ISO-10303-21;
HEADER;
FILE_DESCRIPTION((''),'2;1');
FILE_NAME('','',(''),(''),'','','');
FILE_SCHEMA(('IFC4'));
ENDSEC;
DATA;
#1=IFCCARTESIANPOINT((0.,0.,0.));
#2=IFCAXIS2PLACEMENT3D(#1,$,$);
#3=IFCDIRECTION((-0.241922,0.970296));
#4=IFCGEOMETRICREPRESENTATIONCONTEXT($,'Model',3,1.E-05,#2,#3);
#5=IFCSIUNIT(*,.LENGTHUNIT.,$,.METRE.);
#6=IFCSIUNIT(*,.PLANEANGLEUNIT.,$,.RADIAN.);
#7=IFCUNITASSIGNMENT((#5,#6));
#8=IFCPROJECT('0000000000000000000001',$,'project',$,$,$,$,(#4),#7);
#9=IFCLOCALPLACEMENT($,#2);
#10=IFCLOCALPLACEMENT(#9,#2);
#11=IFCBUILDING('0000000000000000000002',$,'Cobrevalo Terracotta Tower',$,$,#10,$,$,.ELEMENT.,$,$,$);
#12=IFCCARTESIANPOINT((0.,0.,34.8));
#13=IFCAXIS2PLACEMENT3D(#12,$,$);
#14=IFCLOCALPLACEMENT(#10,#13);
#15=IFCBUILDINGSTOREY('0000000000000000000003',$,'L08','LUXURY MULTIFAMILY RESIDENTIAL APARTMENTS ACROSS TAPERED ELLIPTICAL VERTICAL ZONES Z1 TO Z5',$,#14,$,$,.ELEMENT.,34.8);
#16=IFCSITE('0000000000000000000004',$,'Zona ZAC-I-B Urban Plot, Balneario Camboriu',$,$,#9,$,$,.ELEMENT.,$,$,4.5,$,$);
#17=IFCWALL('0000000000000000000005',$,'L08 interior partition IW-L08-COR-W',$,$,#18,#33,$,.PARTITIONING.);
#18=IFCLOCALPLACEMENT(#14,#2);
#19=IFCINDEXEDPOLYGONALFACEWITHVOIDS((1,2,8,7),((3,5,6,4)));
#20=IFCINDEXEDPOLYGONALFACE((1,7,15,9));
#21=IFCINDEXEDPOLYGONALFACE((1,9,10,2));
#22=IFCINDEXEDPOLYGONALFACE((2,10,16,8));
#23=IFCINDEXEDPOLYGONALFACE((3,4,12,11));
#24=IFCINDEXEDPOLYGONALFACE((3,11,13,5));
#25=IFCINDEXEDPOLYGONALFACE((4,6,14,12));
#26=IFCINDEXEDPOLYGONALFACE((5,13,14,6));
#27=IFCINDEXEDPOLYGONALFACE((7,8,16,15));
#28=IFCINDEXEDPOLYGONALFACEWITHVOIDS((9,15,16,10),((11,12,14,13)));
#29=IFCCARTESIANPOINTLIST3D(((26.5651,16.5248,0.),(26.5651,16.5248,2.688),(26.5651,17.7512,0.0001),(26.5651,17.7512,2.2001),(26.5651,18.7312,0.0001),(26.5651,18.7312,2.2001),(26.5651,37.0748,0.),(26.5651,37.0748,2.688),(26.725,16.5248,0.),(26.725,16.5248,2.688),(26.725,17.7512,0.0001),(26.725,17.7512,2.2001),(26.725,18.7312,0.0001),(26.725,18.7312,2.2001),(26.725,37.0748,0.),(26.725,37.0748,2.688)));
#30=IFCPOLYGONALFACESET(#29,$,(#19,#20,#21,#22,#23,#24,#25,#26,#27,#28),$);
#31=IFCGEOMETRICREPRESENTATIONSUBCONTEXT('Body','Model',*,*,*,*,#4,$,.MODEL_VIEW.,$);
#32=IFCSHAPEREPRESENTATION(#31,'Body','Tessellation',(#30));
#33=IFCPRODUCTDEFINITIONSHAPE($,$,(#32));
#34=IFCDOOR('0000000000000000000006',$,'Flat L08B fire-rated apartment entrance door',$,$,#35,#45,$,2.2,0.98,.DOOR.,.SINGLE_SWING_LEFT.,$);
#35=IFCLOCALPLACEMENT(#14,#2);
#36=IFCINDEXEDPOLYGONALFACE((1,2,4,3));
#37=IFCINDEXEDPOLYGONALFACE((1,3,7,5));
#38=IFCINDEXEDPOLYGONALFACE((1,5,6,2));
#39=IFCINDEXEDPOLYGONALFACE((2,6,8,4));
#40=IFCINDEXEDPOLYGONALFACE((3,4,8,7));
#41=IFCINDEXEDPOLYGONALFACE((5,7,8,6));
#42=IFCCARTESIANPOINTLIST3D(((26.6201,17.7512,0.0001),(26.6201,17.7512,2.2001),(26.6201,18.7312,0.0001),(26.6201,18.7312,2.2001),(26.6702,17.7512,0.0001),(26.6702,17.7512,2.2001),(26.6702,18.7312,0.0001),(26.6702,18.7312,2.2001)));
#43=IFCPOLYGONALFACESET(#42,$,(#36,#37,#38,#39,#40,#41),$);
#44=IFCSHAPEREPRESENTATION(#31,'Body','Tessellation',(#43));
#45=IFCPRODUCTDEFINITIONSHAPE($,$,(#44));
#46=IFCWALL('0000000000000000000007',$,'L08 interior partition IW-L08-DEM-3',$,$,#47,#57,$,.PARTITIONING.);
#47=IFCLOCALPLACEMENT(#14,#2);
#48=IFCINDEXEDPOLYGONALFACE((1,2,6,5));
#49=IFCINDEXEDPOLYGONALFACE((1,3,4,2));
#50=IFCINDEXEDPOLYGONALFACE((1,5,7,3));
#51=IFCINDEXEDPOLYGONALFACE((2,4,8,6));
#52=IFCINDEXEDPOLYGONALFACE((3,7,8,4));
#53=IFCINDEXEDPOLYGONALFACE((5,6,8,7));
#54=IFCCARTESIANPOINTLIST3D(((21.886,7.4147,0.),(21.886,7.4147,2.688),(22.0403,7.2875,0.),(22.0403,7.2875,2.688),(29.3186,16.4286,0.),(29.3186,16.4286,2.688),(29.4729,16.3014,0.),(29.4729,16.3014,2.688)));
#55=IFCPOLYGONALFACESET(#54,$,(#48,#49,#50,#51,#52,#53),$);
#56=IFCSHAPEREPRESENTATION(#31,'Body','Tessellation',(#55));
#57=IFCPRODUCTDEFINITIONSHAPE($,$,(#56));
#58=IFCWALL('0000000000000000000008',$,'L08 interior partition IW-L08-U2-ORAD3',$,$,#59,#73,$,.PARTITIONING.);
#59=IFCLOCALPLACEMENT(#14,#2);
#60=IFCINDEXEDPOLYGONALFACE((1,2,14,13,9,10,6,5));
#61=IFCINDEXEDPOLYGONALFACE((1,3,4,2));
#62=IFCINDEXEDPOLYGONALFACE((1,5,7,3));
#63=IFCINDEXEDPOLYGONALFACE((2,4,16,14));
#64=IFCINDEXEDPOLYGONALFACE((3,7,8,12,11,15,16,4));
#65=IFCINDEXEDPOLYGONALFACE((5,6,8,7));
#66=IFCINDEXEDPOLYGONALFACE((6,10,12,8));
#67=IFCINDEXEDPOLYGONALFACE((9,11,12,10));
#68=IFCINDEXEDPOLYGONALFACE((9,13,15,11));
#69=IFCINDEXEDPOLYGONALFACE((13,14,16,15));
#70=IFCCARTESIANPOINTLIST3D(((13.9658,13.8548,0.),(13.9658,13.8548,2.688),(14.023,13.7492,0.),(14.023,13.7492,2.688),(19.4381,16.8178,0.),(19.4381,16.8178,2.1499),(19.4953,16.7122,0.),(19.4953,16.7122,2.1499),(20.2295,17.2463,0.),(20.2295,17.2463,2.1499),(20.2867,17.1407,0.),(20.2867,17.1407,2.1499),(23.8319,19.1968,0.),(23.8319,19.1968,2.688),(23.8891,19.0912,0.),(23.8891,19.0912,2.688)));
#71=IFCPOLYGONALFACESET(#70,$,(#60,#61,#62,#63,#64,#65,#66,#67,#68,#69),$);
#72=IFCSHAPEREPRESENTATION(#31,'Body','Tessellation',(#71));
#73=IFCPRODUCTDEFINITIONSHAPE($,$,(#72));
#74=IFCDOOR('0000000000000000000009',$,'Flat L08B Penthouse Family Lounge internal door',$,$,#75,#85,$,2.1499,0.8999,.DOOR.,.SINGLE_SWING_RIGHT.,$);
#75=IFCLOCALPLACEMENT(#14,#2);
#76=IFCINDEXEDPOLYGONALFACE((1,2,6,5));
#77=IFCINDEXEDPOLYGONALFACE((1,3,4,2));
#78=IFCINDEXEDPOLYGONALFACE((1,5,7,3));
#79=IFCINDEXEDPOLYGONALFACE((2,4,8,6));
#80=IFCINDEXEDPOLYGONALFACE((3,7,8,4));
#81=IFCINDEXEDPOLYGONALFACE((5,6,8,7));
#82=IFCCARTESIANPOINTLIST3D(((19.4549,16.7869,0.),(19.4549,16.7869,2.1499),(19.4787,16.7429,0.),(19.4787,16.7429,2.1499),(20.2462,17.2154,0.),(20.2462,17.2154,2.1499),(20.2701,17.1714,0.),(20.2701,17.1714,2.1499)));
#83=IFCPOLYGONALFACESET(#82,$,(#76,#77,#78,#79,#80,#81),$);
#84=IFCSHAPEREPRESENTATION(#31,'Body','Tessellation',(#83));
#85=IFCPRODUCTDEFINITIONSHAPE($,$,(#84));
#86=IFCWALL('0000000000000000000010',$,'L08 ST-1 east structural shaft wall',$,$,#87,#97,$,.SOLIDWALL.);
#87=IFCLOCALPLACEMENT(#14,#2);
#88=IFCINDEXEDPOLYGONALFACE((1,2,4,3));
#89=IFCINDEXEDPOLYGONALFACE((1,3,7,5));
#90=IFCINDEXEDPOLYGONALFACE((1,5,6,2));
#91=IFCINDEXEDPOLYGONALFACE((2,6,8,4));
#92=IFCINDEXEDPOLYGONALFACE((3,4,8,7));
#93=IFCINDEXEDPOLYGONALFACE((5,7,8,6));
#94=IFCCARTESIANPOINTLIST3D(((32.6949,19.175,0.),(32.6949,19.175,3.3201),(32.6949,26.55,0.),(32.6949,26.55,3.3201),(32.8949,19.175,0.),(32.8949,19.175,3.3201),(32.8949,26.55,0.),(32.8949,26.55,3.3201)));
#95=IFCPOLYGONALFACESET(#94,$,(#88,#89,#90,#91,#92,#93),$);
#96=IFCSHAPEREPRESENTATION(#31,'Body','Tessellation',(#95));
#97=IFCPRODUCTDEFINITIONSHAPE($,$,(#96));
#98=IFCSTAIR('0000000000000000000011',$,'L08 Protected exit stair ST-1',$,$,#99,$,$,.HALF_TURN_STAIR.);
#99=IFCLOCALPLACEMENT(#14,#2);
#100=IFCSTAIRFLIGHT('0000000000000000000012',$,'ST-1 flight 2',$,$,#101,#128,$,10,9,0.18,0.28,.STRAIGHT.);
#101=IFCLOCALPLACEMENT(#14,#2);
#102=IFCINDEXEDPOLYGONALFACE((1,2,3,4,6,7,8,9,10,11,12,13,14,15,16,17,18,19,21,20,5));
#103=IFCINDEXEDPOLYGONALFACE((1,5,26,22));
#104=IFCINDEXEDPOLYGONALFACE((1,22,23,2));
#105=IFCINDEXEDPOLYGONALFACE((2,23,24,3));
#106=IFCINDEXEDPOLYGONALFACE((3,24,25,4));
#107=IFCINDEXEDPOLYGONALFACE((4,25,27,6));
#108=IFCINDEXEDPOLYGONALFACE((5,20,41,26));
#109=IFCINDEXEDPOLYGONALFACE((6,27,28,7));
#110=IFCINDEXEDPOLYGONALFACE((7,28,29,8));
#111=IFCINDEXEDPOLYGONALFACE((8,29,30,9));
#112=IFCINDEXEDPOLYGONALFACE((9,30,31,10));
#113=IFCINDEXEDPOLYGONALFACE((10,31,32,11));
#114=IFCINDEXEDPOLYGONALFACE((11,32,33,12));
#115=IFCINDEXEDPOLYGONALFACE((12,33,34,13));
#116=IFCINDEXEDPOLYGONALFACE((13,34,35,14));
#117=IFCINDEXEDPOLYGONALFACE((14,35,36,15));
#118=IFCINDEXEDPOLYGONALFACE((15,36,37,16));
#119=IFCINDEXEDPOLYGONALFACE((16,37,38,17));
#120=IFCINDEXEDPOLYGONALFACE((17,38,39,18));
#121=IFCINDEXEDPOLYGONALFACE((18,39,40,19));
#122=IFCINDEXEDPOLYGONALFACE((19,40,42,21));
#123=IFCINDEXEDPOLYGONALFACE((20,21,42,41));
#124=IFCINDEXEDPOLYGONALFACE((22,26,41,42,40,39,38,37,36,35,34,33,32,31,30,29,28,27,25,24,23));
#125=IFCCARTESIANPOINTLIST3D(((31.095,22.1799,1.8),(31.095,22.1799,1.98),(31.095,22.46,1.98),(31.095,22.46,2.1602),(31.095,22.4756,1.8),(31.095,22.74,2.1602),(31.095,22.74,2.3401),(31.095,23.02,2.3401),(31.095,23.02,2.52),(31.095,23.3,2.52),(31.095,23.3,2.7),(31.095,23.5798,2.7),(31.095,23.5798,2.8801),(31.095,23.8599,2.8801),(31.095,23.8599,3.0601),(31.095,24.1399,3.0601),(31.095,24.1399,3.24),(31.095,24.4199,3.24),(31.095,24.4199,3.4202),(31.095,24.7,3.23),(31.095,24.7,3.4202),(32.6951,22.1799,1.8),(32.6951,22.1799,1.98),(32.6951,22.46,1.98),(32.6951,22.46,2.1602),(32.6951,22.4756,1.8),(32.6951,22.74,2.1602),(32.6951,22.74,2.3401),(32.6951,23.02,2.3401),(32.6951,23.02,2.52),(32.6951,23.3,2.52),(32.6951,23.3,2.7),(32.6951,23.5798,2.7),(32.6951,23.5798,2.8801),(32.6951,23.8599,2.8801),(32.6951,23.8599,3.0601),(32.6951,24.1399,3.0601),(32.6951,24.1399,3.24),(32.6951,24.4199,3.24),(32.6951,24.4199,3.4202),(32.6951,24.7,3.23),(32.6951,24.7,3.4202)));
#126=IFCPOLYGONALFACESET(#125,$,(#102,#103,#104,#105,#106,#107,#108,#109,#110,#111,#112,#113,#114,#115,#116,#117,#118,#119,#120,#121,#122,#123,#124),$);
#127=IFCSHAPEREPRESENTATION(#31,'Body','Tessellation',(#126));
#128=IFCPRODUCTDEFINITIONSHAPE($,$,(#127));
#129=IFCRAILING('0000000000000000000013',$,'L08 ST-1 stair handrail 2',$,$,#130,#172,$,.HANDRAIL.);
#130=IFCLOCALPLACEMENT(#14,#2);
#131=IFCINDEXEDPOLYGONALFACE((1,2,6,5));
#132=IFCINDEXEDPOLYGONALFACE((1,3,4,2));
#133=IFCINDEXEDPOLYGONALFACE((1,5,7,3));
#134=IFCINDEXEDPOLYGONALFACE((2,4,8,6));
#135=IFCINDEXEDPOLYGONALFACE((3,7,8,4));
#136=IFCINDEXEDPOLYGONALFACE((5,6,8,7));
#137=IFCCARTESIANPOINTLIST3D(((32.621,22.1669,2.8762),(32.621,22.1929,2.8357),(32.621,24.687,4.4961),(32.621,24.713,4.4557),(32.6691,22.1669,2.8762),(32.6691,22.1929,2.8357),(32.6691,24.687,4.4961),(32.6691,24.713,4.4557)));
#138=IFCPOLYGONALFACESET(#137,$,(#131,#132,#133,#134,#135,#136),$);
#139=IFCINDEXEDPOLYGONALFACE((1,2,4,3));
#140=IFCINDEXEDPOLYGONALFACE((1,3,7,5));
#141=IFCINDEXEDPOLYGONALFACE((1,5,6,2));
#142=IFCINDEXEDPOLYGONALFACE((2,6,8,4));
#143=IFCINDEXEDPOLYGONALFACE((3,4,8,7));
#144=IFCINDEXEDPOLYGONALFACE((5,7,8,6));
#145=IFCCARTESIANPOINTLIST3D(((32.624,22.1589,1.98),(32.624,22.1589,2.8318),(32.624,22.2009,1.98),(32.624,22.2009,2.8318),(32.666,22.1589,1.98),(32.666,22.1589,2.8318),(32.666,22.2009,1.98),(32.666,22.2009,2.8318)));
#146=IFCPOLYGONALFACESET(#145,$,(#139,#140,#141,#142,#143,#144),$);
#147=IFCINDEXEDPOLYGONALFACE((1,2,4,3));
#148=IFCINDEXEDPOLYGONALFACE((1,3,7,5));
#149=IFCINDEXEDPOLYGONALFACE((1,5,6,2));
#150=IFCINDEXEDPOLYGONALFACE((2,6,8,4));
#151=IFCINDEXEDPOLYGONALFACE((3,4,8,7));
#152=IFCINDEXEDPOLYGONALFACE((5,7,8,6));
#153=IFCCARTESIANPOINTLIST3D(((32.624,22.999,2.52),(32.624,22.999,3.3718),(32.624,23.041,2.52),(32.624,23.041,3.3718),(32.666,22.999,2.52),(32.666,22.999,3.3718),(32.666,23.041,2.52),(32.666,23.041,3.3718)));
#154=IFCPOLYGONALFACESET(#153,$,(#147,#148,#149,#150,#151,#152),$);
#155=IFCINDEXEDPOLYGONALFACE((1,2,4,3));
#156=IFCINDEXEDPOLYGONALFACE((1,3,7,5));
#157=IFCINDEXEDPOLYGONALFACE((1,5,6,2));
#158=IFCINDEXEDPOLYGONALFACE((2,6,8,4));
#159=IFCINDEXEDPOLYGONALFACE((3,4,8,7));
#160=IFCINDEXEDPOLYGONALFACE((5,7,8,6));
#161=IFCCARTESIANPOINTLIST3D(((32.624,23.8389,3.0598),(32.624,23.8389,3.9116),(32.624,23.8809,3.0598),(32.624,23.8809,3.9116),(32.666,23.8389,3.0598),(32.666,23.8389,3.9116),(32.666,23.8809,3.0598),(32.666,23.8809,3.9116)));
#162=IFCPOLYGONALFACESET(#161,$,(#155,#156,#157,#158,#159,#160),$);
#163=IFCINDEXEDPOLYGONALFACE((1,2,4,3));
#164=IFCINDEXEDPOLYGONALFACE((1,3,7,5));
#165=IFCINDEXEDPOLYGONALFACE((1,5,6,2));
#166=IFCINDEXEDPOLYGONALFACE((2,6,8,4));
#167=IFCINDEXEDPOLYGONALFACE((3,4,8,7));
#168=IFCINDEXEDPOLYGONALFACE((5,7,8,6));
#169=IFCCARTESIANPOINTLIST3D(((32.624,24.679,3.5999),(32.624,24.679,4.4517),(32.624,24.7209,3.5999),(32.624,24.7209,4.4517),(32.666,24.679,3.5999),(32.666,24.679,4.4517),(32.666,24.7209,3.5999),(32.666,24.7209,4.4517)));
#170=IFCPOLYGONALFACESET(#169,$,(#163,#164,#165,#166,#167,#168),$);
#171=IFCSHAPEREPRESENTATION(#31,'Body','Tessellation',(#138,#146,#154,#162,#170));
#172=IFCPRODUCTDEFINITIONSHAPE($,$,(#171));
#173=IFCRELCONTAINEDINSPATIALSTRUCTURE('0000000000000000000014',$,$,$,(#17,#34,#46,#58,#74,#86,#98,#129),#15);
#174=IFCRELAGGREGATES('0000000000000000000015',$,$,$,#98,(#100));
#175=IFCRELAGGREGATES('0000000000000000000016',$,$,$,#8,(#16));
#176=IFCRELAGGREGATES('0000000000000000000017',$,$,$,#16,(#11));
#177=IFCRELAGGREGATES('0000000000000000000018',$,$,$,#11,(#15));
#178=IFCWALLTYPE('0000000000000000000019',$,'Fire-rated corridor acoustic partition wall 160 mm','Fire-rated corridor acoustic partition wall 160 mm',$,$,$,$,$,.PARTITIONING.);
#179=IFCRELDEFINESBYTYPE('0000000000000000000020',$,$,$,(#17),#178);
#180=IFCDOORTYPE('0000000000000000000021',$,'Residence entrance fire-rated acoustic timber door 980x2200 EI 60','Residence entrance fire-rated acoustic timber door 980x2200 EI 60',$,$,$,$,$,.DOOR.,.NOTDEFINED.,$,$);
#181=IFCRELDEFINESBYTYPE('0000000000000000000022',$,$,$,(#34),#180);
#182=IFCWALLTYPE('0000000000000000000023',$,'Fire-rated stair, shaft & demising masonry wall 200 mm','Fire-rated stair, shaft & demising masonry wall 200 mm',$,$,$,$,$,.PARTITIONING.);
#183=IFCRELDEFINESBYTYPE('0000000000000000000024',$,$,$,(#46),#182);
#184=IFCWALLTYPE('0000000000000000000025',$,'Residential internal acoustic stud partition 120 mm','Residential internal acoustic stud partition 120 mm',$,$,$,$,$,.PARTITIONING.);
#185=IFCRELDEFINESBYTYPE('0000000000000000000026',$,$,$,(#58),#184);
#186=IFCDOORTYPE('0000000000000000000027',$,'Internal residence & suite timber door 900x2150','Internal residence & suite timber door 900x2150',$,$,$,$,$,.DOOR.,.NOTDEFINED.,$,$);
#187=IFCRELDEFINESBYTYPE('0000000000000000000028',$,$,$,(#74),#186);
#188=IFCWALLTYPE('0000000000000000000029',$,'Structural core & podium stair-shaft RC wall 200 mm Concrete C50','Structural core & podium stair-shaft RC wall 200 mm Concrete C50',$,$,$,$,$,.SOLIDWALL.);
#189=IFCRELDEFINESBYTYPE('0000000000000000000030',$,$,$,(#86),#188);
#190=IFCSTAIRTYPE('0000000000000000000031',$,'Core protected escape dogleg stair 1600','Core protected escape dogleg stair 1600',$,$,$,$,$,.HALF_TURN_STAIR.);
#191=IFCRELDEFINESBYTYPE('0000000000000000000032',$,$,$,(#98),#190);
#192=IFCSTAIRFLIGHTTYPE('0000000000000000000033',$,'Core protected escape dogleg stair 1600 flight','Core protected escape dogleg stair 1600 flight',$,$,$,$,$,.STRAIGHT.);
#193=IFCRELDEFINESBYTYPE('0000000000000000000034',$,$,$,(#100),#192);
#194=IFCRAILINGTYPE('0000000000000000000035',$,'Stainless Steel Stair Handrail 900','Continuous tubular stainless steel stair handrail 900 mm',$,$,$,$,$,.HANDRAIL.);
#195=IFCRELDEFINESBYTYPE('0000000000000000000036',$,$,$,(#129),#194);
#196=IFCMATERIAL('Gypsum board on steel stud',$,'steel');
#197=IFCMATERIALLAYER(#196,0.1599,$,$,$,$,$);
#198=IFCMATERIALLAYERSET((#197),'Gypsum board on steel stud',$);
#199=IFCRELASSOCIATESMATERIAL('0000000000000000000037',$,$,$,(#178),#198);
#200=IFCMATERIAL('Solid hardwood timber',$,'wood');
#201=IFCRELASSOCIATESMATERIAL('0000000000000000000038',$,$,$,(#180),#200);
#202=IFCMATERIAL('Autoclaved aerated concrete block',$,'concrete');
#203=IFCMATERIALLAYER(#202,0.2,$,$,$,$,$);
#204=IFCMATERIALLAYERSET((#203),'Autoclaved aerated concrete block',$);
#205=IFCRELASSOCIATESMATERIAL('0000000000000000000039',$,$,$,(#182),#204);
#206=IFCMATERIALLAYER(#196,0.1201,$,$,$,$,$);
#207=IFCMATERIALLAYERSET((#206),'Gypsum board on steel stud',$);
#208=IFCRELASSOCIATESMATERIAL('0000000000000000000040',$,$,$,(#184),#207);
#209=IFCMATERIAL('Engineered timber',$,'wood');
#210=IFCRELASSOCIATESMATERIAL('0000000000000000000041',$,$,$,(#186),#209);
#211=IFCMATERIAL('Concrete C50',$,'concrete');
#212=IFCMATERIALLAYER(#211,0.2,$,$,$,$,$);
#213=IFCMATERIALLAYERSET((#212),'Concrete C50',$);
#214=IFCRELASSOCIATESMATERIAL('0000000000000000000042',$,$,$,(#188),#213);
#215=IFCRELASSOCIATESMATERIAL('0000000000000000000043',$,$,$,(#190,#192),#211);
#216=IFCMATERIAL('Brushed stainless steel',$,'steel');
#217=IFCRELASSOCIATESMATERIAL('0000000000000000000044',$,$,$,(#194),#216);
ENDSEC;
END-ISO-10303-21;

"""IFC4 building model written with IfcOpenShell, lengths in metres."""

from ifc_helpers import new_model, si_unit, direction, frame, frame_2d, origin, origin_2d, place, context, subcontext, project, spatial, polyline, rectangle, outline, extrude, source, transform, mapped, material, layer, layer_set, type_object, element, fill, aggregate, save


model = new_model("IFC4")

# Units and contexts
model_context = context("Model", 3, precision=1e-05, world=origin(), true_north=direction((-0.241922, 0.970296)))
body_context = subcontext(model_context, "Body", "Model", "MODEL_VIEW")
ifc_project = project(units=[si_unit("LENGTHUNIT", "METRE"), si_unit("PLANEANGLEUNIT", "RADIAN")], contexts=[model_context])

# Site, building, storey
site_placement = place(None, origin())
site = spatial("IfcSite", under=ifc_project, at=site_placement, Name="Zona ZAC-I-B Urban Plot, Balneario Camboriu", CompositionType="ELEMENT", RefElevation=4.5)
building_placement = place(site_placement, origin())
building = spatial("IfcBuilding", under=site, at=building_placement, Name="Cobrevalo Terracotta Tower", CompositionType="ELEMENT")
storey_placement = place(building_placement, frame((0.0, 0.0, 34.8)))
storey = spatial("IfcBuildingStorey", under=building, at=storey_placement, Name="L08", Description="LUXURY MULTIFAMILY RESIDENTIAL APARTMENTS ACROSS TAPERED ELLIPTICAL VERTICAL ZONES Z1 TO Z5", CompositionType="ELEMENT", Elevation=34.8)

# Shared definitions
ifc_material_1 = material(Name="Gypsum board on steel stud", Category="steel")
ifc_layer_1 = layer(ifc_material_1, 0.1599)
ifc_layer_set_1 = layer_set([ifc_layer_1], Name="Gypsum board on steel stud")
wall_type_1 = type_object("IfcWallType", Name="Fire-rated corridor acoustic partition wall 160 mm", Description="Fire-rated corridor acoustic partition wall 160 mm", PredefinedType="PARTITIONING", material=ifc_layer_set_1)

# Wall, opening, door
wall_1_placement = place(storey_placement, frame((26.645, 16.5249, 0.0), z_axis=(0.0, 0.0, 1.0), x_axis=(0.0, 1.0, 0.0)))
wall_1 = element("IfcWall", 1, at=wall_1_placement, inside=storey, type_object=wall_type_1, Name="L08 interior partition IW-L08-COR-W", PredefinedType="PARTITIONING", context=body_context, shape_type="SweptSolid", body=[
    extrude(rectangle(XDim=20.55, YDim=0.1599, at=frame_2d((10.2749, 0.0))), origin(), (0.0, 0.0, 1.0), 2.688),
])
opening_1_placement = place(wall_1_placement, frame((1.2263, 0.0, 0.0)))
opening_1 = element("IfcOpeningElement", 2, at=opening_1_placement, cuts=wall_1, PredefinedType="OPENING", context=body_context, shape_type="SweptSolid", body=[
    extrude(rectangle(XDim=0.98, YDim=2.2, at=frame_2d((0.49, 1.1001))), frame((0.0, 0.0898, 0.0), z_axis=(0.0, -1.0, 0.0), x_axis=(1.0, 0.0, 0.0)), (0.0, 0.0, 1.0), 0.1799),
])
ifc_material_2 = material(Name="Solid hardwood timber", Category="wood")
door_type_1 = type_object("IfcDoorType", Name="Residence entrance fire-rated acoustic timber door 980x2200 EI 60", Description="Residence entrance fire-rated acoustic timber door 980x2200 EI 60", OperationType="NOTDEFINED", PredefinedType="DOOR", material=ifc_material_2)
shared_shape_1 = source(origin(), body_context, "Body", "SweptSolid", [
    extrude(rectangle(XDim=0.98, YDim=2.2, at=frame_2d((0.49, 1.1001))), frame((0.0, 0.0249, 0.0), z_axis=(0.0, -1.0, 0.0), x_axis=(1.0, 0.0, 0.0)), (0.0, 0.0, 1.0), 0.05),
])
door_1_placement = place(opening_1_placement, origin())
door_1 = element("IfcDoor", 3, at=door_1_placement, inside=storey, type_object=door_type_1, Name="Flat L08B fire-rated apartment entrance door", OperationType="SINGLE_SWING_LEFT", OverallHeight=2.2, OverallWidth=0.98, PredefinedType="DOOR", context=body_context, shape_type="MappedRepresentation", body=[
    mapped(shared_shape_1, transform((0.0, 0.0, 0.0), scale=1.0)),
])
fill(opening_1, door_1)

# Wall
ifc_material_3 = material(Name="Autoclaved aerated concrete block", Category="concrete")
ifc_layer_2 = layer(ifc_material_3, 0.2)
ifc_layer_set_2 = layer_set([ifc_layer_2], Name="Autoclaved aerated concrete block")
wall_type_2 = type_object("IfcWallType", Name="Fire-rated stair, shaft & demising masonry wall 200 mm", Description="Fire-rated stair, shaft & demising masonry wall 200 mm", PredefinedType="PARTITIONING", material=ifc_layer_set_2)
wall_2_placement = place(storey_placement, frame((29.3958, 16.365, 0.0), z_axis=(0.0, 0.0, 1.0), x_axis=(-0.636186, -0.771536, 0.0)))
element("IfcWall", 4, at=wall_2_placement, inside=storey, type_object=wall_type_2, Name="L08 interior partition IW-L08-DEM-3", PredefinedType="PARTITIONING", context=body_context, shape_type="SweptSolid", body=[
    extrude(rectangle(XDim=11.6831, YDim=0.2, at=frame_2d((5.8416, 0.0))), origin(), (0.0, 0.0, 1.0), 2.688),
])

# Wall, opening, door
ifc_layer_3 = layer(ifc_material_1, 0.1201)
ifc_layer_set_3 = layer_set([ifc_layer_3], Name="Gypsum board on steel stud")
wall_type_3 = type_object("IfcWallType", Name="Residential internal acoustic stud partition 120 mm", Description="Residential internal acoustic stud partition 120 mm", PredefinedType="PARTITIONING", material=ifc_layer_set_3)
wall_3_placement = place(storey_placement, frame((23.8606, 19.144, 0.0), z_axis=(0.0, 0.0, 1.0), x_axis=(-0.879372, -0.476135, 0.0)))
wall_3 = element("IfcWall", 5, at=wall_3_placement, inside=storey, type_object=wall_type_3, Name="L08 interior partition IW-L08-U2-ORAD3", PredefinedType="PARTITIONING", context=body_context, shape_type="SweptSolid", body=[
    extrude(rectangle(XDim=11.2195, YDim=0.1201, at=frame_2d((5.6099, 0.0))), origin(), (0.0, 0.0, 1.0), 2.688),
])
opening_2_placement = place(wall_3_placement, frame((4.0967, 0.0, 0.0)))
opening_2 = element("IfcOpeningElement", 6, at=opening_2_placement, cuts=wall_3, PredefinedType="OPENING", context=body_context, shape_type="SweptSolid", body=[
    extrude(rectangle(XDim=0.8999, YDim=2.1499, at=frame_2d((0.45, 1.075))), frame((0.0, 0.0701, 0.0), z_axis=(0.0, -1.0, 0.0), x_axis=(1.0, 0.0, 0.0)), (0.0, 0.0, 1.0), 0.1401),
])
ifc_material_4 = material(Name="Engineered timber", Category="wood")
door_type_2 = type_object("IfcDoorType", Name="Internal residence & suite timber door 900x2150", Description="Internal residence & suite timber door 900x2150", OperationType="NOTDEFINED", PredefinedType="DOOR", material=ifc_material_4)
shared_shape_2 = source(origin(), body_context, "Body", "SweptSolid", [
    extrude(rectangle(XDim=0.8999, YDim=2.1499, at=frame_2d((0.45, 1.075))), frame((0.0, 0.0249, 0.0), z_axis=(0.0, -1.0, 0.0), x_axis=(1.0, 0.0, 0.0)), (0.0, 0.0, 1.0), 0.05),
])
door_2_placement = place(opening_2_placement, frame((0.8999, 0.0, 0.0), z_axis=(0.0, 0.0, 1.0), x_axis=(-1.0, 0.0, 0.0)))
door_2 = element("IfcDoor", 7, at=door_2_placement, inside=storey, type_object=door_type_2, Name="Flat L08B Penthouse Family Lounge internal door", OperationType="SINGLE_SWING_RIGHT", OverallHeight=2.1499, OverallWidth=0.8999, PredefinedType="DOOR", context=body_context, shape_type="MappedRepresentation", body=[
    mapped(shared_shape_2, transform((0.0, 0.0, 0.0), scale=1.0)),
])
fill(opening_2, door_2)

# Wall
ifc_material_5 = material(Name="Concrete C50", Category="concrete")
ifc_layer_4 = layer(ifc_material_5, 0.2)
ifc_layer_set_4 = layer_set([ifc_layer_4], Name="Concrete C50")
wall_type_4 = type_object("IfcWallType", Name="Structural core & podium stair-shaft RC wall 200 mm Concrete C50", Description="Structural core & podium stair-shaft RC wall 200 mm Concrete C50", PredefinedType="SOLIDWALL", material=ifc_layer_set_4)
wall_4_placement = place(storey_placement, frame((32.7949, 19.175, 0.0), z_axis=(0.0, 0.0, 1.0), x_axis=(0.0, 1.0, 0.0)))
element("IfcWall", 8, at=wall_4_placement, inside=storey, type_object=wall_type_4, Name="L08 ST-1 east structural shaft wall", PredefinedType="SOLIDWALL", context=body_context, shape_type="SweptSolid", body=[
    extrude(rectangle(XDim=7.375, YDim=0.2, at=frame_2d((3.6875, 0.0))), origin(), (0.0, 0.0, 1.0), 3.3201),
])

# Stair, stair flight
stair_type = type_object("IfcStairType", Name="Core protected escape dogleg stair 1600", Description="Core protected escape dogleg stair 1600", PredefinedType="HALF_TURN_STAIR", material=ifc_material_5)
stair_placement = place(storey_placement, origin())
stair = element("IfcStair", 9, at=stair_placement, inside=storey, type_object=stair_type, Name="L08 Protected exit stair ST-1", PredefinedType="HALF_TURN_STAIR")
stair_flight_type = type_object("IfcStairFlightType", Name="Core protected escape dogleg stair 1600 flight", Description="Core protected escape dogleg stair 1600 flight", PredefinedType="STRAIGHT", material=ifc_material_5)
stair_flight_placement = place(storey_placement, frame((31.895, 22.1799, 1.8), z_axis=(0.0, 0.0, 1.0), x_axis=(0.0, 1.0, 0.0)))
stair_flight = element("IfcStairFlight", 10, at=stair_flight_placement, type_object=stair_flight_type, Name="ST-1 flight 2", NumberOfRisers=10, NumberOfTreads=9, PredefinedType="STRAIGHT", RiserHeight=0.18, TreadLength=0.28, context=body_context, shape_type="SweptSolid", body=[
    extrude(outline(polyline([(0.0, 0.0), (0.0, 0.1799), (0.28, 0.1799), (0.28, 0.3601), (0.5601, 0.3601), (0.5601, 0.54), (0.8401, 0.54), (0.8401, 0.72), (1.1201, 0.72), (1.1201, 0.8999), (1.3999, 0.8999), (1.3999, 1.0801), (1.6799, 1.0801), (1.6799, 1.26), (1.96, 1.26), (1.96, 1.4399), (2.24, 1.4399), (2.24, 1.6201), (2.52, 1.6201), (2.52, 1.8), (2.52, 1.4299), (0.2957, 0.0), (0.0, 0.0)])), frame((0.0, 0.8, 0.0), z_axis=(0.0, -1.0, 0.0), x_axis=(1.0, 0.0, 0.0)), (0.0, 0.0, 1.0), 1.6001),
])
aggregate(stair, [stair_flight])

# Railing
ifc_material_6 = material(Name="Brushed stainless steel", Category="steel")
railing_type_1 = type_object("IfcRailingType", Name="Stainless Steel Stair Handrail 900", Description="Continuous tubular stainless steel stair handrail 900 mm", PredefinedType="HANDRAIL", material=ifc_material_6)
railing_1_placement = place(storey_placement, frame((32.645, 22.1799, 1.98)))
element("IfcRailing", 11, at=railing_1_placement, inside=storey, type_object=railing_type_1, Name="L08 ST-1 stair handrail 2", PredefinedType="HANDRAIL", context=body_context, shape_type="SweptSolid", body=[
    extrude(rectangle(XDim=0.0481, YDim=0.0481, at=origin_2d()), frame((0.0, 0.0, 0.876), z_axis=(0.0, 0.8412, 0.540725), x_axis=(-1.0, 0.0, 0.0)), (0.0, 0.0, 1.0), 2.9958),
    extrude(rectangle(XDim=0.042, YDim=0.042, at=origin_2d()), origin(), (0.0, 0.0, 1.0), 0.8518),
    extrude(rectangle(XDim=0.042, YDim=0.042, at=origin_2d()), frame((0.0, 0.8401, 0.54)), (0.0, 0.0, 1.0), 0.8518),
    extrude(rectangle(XDim=0.042, YDim=0.042, at=origin_2d()), frame((0.0, 1.6799, 1.0798)), (0.0, 0.0, 1.0), 0.8518),
    extrude(rectangle(XDim=0.042, YDim=0.042, at=origin_2d()), frame((0.0, 2.52, 1.6199)), (0.0, 0.0, 1.0), 0.8518),
])

save(model, "model.ifc")
